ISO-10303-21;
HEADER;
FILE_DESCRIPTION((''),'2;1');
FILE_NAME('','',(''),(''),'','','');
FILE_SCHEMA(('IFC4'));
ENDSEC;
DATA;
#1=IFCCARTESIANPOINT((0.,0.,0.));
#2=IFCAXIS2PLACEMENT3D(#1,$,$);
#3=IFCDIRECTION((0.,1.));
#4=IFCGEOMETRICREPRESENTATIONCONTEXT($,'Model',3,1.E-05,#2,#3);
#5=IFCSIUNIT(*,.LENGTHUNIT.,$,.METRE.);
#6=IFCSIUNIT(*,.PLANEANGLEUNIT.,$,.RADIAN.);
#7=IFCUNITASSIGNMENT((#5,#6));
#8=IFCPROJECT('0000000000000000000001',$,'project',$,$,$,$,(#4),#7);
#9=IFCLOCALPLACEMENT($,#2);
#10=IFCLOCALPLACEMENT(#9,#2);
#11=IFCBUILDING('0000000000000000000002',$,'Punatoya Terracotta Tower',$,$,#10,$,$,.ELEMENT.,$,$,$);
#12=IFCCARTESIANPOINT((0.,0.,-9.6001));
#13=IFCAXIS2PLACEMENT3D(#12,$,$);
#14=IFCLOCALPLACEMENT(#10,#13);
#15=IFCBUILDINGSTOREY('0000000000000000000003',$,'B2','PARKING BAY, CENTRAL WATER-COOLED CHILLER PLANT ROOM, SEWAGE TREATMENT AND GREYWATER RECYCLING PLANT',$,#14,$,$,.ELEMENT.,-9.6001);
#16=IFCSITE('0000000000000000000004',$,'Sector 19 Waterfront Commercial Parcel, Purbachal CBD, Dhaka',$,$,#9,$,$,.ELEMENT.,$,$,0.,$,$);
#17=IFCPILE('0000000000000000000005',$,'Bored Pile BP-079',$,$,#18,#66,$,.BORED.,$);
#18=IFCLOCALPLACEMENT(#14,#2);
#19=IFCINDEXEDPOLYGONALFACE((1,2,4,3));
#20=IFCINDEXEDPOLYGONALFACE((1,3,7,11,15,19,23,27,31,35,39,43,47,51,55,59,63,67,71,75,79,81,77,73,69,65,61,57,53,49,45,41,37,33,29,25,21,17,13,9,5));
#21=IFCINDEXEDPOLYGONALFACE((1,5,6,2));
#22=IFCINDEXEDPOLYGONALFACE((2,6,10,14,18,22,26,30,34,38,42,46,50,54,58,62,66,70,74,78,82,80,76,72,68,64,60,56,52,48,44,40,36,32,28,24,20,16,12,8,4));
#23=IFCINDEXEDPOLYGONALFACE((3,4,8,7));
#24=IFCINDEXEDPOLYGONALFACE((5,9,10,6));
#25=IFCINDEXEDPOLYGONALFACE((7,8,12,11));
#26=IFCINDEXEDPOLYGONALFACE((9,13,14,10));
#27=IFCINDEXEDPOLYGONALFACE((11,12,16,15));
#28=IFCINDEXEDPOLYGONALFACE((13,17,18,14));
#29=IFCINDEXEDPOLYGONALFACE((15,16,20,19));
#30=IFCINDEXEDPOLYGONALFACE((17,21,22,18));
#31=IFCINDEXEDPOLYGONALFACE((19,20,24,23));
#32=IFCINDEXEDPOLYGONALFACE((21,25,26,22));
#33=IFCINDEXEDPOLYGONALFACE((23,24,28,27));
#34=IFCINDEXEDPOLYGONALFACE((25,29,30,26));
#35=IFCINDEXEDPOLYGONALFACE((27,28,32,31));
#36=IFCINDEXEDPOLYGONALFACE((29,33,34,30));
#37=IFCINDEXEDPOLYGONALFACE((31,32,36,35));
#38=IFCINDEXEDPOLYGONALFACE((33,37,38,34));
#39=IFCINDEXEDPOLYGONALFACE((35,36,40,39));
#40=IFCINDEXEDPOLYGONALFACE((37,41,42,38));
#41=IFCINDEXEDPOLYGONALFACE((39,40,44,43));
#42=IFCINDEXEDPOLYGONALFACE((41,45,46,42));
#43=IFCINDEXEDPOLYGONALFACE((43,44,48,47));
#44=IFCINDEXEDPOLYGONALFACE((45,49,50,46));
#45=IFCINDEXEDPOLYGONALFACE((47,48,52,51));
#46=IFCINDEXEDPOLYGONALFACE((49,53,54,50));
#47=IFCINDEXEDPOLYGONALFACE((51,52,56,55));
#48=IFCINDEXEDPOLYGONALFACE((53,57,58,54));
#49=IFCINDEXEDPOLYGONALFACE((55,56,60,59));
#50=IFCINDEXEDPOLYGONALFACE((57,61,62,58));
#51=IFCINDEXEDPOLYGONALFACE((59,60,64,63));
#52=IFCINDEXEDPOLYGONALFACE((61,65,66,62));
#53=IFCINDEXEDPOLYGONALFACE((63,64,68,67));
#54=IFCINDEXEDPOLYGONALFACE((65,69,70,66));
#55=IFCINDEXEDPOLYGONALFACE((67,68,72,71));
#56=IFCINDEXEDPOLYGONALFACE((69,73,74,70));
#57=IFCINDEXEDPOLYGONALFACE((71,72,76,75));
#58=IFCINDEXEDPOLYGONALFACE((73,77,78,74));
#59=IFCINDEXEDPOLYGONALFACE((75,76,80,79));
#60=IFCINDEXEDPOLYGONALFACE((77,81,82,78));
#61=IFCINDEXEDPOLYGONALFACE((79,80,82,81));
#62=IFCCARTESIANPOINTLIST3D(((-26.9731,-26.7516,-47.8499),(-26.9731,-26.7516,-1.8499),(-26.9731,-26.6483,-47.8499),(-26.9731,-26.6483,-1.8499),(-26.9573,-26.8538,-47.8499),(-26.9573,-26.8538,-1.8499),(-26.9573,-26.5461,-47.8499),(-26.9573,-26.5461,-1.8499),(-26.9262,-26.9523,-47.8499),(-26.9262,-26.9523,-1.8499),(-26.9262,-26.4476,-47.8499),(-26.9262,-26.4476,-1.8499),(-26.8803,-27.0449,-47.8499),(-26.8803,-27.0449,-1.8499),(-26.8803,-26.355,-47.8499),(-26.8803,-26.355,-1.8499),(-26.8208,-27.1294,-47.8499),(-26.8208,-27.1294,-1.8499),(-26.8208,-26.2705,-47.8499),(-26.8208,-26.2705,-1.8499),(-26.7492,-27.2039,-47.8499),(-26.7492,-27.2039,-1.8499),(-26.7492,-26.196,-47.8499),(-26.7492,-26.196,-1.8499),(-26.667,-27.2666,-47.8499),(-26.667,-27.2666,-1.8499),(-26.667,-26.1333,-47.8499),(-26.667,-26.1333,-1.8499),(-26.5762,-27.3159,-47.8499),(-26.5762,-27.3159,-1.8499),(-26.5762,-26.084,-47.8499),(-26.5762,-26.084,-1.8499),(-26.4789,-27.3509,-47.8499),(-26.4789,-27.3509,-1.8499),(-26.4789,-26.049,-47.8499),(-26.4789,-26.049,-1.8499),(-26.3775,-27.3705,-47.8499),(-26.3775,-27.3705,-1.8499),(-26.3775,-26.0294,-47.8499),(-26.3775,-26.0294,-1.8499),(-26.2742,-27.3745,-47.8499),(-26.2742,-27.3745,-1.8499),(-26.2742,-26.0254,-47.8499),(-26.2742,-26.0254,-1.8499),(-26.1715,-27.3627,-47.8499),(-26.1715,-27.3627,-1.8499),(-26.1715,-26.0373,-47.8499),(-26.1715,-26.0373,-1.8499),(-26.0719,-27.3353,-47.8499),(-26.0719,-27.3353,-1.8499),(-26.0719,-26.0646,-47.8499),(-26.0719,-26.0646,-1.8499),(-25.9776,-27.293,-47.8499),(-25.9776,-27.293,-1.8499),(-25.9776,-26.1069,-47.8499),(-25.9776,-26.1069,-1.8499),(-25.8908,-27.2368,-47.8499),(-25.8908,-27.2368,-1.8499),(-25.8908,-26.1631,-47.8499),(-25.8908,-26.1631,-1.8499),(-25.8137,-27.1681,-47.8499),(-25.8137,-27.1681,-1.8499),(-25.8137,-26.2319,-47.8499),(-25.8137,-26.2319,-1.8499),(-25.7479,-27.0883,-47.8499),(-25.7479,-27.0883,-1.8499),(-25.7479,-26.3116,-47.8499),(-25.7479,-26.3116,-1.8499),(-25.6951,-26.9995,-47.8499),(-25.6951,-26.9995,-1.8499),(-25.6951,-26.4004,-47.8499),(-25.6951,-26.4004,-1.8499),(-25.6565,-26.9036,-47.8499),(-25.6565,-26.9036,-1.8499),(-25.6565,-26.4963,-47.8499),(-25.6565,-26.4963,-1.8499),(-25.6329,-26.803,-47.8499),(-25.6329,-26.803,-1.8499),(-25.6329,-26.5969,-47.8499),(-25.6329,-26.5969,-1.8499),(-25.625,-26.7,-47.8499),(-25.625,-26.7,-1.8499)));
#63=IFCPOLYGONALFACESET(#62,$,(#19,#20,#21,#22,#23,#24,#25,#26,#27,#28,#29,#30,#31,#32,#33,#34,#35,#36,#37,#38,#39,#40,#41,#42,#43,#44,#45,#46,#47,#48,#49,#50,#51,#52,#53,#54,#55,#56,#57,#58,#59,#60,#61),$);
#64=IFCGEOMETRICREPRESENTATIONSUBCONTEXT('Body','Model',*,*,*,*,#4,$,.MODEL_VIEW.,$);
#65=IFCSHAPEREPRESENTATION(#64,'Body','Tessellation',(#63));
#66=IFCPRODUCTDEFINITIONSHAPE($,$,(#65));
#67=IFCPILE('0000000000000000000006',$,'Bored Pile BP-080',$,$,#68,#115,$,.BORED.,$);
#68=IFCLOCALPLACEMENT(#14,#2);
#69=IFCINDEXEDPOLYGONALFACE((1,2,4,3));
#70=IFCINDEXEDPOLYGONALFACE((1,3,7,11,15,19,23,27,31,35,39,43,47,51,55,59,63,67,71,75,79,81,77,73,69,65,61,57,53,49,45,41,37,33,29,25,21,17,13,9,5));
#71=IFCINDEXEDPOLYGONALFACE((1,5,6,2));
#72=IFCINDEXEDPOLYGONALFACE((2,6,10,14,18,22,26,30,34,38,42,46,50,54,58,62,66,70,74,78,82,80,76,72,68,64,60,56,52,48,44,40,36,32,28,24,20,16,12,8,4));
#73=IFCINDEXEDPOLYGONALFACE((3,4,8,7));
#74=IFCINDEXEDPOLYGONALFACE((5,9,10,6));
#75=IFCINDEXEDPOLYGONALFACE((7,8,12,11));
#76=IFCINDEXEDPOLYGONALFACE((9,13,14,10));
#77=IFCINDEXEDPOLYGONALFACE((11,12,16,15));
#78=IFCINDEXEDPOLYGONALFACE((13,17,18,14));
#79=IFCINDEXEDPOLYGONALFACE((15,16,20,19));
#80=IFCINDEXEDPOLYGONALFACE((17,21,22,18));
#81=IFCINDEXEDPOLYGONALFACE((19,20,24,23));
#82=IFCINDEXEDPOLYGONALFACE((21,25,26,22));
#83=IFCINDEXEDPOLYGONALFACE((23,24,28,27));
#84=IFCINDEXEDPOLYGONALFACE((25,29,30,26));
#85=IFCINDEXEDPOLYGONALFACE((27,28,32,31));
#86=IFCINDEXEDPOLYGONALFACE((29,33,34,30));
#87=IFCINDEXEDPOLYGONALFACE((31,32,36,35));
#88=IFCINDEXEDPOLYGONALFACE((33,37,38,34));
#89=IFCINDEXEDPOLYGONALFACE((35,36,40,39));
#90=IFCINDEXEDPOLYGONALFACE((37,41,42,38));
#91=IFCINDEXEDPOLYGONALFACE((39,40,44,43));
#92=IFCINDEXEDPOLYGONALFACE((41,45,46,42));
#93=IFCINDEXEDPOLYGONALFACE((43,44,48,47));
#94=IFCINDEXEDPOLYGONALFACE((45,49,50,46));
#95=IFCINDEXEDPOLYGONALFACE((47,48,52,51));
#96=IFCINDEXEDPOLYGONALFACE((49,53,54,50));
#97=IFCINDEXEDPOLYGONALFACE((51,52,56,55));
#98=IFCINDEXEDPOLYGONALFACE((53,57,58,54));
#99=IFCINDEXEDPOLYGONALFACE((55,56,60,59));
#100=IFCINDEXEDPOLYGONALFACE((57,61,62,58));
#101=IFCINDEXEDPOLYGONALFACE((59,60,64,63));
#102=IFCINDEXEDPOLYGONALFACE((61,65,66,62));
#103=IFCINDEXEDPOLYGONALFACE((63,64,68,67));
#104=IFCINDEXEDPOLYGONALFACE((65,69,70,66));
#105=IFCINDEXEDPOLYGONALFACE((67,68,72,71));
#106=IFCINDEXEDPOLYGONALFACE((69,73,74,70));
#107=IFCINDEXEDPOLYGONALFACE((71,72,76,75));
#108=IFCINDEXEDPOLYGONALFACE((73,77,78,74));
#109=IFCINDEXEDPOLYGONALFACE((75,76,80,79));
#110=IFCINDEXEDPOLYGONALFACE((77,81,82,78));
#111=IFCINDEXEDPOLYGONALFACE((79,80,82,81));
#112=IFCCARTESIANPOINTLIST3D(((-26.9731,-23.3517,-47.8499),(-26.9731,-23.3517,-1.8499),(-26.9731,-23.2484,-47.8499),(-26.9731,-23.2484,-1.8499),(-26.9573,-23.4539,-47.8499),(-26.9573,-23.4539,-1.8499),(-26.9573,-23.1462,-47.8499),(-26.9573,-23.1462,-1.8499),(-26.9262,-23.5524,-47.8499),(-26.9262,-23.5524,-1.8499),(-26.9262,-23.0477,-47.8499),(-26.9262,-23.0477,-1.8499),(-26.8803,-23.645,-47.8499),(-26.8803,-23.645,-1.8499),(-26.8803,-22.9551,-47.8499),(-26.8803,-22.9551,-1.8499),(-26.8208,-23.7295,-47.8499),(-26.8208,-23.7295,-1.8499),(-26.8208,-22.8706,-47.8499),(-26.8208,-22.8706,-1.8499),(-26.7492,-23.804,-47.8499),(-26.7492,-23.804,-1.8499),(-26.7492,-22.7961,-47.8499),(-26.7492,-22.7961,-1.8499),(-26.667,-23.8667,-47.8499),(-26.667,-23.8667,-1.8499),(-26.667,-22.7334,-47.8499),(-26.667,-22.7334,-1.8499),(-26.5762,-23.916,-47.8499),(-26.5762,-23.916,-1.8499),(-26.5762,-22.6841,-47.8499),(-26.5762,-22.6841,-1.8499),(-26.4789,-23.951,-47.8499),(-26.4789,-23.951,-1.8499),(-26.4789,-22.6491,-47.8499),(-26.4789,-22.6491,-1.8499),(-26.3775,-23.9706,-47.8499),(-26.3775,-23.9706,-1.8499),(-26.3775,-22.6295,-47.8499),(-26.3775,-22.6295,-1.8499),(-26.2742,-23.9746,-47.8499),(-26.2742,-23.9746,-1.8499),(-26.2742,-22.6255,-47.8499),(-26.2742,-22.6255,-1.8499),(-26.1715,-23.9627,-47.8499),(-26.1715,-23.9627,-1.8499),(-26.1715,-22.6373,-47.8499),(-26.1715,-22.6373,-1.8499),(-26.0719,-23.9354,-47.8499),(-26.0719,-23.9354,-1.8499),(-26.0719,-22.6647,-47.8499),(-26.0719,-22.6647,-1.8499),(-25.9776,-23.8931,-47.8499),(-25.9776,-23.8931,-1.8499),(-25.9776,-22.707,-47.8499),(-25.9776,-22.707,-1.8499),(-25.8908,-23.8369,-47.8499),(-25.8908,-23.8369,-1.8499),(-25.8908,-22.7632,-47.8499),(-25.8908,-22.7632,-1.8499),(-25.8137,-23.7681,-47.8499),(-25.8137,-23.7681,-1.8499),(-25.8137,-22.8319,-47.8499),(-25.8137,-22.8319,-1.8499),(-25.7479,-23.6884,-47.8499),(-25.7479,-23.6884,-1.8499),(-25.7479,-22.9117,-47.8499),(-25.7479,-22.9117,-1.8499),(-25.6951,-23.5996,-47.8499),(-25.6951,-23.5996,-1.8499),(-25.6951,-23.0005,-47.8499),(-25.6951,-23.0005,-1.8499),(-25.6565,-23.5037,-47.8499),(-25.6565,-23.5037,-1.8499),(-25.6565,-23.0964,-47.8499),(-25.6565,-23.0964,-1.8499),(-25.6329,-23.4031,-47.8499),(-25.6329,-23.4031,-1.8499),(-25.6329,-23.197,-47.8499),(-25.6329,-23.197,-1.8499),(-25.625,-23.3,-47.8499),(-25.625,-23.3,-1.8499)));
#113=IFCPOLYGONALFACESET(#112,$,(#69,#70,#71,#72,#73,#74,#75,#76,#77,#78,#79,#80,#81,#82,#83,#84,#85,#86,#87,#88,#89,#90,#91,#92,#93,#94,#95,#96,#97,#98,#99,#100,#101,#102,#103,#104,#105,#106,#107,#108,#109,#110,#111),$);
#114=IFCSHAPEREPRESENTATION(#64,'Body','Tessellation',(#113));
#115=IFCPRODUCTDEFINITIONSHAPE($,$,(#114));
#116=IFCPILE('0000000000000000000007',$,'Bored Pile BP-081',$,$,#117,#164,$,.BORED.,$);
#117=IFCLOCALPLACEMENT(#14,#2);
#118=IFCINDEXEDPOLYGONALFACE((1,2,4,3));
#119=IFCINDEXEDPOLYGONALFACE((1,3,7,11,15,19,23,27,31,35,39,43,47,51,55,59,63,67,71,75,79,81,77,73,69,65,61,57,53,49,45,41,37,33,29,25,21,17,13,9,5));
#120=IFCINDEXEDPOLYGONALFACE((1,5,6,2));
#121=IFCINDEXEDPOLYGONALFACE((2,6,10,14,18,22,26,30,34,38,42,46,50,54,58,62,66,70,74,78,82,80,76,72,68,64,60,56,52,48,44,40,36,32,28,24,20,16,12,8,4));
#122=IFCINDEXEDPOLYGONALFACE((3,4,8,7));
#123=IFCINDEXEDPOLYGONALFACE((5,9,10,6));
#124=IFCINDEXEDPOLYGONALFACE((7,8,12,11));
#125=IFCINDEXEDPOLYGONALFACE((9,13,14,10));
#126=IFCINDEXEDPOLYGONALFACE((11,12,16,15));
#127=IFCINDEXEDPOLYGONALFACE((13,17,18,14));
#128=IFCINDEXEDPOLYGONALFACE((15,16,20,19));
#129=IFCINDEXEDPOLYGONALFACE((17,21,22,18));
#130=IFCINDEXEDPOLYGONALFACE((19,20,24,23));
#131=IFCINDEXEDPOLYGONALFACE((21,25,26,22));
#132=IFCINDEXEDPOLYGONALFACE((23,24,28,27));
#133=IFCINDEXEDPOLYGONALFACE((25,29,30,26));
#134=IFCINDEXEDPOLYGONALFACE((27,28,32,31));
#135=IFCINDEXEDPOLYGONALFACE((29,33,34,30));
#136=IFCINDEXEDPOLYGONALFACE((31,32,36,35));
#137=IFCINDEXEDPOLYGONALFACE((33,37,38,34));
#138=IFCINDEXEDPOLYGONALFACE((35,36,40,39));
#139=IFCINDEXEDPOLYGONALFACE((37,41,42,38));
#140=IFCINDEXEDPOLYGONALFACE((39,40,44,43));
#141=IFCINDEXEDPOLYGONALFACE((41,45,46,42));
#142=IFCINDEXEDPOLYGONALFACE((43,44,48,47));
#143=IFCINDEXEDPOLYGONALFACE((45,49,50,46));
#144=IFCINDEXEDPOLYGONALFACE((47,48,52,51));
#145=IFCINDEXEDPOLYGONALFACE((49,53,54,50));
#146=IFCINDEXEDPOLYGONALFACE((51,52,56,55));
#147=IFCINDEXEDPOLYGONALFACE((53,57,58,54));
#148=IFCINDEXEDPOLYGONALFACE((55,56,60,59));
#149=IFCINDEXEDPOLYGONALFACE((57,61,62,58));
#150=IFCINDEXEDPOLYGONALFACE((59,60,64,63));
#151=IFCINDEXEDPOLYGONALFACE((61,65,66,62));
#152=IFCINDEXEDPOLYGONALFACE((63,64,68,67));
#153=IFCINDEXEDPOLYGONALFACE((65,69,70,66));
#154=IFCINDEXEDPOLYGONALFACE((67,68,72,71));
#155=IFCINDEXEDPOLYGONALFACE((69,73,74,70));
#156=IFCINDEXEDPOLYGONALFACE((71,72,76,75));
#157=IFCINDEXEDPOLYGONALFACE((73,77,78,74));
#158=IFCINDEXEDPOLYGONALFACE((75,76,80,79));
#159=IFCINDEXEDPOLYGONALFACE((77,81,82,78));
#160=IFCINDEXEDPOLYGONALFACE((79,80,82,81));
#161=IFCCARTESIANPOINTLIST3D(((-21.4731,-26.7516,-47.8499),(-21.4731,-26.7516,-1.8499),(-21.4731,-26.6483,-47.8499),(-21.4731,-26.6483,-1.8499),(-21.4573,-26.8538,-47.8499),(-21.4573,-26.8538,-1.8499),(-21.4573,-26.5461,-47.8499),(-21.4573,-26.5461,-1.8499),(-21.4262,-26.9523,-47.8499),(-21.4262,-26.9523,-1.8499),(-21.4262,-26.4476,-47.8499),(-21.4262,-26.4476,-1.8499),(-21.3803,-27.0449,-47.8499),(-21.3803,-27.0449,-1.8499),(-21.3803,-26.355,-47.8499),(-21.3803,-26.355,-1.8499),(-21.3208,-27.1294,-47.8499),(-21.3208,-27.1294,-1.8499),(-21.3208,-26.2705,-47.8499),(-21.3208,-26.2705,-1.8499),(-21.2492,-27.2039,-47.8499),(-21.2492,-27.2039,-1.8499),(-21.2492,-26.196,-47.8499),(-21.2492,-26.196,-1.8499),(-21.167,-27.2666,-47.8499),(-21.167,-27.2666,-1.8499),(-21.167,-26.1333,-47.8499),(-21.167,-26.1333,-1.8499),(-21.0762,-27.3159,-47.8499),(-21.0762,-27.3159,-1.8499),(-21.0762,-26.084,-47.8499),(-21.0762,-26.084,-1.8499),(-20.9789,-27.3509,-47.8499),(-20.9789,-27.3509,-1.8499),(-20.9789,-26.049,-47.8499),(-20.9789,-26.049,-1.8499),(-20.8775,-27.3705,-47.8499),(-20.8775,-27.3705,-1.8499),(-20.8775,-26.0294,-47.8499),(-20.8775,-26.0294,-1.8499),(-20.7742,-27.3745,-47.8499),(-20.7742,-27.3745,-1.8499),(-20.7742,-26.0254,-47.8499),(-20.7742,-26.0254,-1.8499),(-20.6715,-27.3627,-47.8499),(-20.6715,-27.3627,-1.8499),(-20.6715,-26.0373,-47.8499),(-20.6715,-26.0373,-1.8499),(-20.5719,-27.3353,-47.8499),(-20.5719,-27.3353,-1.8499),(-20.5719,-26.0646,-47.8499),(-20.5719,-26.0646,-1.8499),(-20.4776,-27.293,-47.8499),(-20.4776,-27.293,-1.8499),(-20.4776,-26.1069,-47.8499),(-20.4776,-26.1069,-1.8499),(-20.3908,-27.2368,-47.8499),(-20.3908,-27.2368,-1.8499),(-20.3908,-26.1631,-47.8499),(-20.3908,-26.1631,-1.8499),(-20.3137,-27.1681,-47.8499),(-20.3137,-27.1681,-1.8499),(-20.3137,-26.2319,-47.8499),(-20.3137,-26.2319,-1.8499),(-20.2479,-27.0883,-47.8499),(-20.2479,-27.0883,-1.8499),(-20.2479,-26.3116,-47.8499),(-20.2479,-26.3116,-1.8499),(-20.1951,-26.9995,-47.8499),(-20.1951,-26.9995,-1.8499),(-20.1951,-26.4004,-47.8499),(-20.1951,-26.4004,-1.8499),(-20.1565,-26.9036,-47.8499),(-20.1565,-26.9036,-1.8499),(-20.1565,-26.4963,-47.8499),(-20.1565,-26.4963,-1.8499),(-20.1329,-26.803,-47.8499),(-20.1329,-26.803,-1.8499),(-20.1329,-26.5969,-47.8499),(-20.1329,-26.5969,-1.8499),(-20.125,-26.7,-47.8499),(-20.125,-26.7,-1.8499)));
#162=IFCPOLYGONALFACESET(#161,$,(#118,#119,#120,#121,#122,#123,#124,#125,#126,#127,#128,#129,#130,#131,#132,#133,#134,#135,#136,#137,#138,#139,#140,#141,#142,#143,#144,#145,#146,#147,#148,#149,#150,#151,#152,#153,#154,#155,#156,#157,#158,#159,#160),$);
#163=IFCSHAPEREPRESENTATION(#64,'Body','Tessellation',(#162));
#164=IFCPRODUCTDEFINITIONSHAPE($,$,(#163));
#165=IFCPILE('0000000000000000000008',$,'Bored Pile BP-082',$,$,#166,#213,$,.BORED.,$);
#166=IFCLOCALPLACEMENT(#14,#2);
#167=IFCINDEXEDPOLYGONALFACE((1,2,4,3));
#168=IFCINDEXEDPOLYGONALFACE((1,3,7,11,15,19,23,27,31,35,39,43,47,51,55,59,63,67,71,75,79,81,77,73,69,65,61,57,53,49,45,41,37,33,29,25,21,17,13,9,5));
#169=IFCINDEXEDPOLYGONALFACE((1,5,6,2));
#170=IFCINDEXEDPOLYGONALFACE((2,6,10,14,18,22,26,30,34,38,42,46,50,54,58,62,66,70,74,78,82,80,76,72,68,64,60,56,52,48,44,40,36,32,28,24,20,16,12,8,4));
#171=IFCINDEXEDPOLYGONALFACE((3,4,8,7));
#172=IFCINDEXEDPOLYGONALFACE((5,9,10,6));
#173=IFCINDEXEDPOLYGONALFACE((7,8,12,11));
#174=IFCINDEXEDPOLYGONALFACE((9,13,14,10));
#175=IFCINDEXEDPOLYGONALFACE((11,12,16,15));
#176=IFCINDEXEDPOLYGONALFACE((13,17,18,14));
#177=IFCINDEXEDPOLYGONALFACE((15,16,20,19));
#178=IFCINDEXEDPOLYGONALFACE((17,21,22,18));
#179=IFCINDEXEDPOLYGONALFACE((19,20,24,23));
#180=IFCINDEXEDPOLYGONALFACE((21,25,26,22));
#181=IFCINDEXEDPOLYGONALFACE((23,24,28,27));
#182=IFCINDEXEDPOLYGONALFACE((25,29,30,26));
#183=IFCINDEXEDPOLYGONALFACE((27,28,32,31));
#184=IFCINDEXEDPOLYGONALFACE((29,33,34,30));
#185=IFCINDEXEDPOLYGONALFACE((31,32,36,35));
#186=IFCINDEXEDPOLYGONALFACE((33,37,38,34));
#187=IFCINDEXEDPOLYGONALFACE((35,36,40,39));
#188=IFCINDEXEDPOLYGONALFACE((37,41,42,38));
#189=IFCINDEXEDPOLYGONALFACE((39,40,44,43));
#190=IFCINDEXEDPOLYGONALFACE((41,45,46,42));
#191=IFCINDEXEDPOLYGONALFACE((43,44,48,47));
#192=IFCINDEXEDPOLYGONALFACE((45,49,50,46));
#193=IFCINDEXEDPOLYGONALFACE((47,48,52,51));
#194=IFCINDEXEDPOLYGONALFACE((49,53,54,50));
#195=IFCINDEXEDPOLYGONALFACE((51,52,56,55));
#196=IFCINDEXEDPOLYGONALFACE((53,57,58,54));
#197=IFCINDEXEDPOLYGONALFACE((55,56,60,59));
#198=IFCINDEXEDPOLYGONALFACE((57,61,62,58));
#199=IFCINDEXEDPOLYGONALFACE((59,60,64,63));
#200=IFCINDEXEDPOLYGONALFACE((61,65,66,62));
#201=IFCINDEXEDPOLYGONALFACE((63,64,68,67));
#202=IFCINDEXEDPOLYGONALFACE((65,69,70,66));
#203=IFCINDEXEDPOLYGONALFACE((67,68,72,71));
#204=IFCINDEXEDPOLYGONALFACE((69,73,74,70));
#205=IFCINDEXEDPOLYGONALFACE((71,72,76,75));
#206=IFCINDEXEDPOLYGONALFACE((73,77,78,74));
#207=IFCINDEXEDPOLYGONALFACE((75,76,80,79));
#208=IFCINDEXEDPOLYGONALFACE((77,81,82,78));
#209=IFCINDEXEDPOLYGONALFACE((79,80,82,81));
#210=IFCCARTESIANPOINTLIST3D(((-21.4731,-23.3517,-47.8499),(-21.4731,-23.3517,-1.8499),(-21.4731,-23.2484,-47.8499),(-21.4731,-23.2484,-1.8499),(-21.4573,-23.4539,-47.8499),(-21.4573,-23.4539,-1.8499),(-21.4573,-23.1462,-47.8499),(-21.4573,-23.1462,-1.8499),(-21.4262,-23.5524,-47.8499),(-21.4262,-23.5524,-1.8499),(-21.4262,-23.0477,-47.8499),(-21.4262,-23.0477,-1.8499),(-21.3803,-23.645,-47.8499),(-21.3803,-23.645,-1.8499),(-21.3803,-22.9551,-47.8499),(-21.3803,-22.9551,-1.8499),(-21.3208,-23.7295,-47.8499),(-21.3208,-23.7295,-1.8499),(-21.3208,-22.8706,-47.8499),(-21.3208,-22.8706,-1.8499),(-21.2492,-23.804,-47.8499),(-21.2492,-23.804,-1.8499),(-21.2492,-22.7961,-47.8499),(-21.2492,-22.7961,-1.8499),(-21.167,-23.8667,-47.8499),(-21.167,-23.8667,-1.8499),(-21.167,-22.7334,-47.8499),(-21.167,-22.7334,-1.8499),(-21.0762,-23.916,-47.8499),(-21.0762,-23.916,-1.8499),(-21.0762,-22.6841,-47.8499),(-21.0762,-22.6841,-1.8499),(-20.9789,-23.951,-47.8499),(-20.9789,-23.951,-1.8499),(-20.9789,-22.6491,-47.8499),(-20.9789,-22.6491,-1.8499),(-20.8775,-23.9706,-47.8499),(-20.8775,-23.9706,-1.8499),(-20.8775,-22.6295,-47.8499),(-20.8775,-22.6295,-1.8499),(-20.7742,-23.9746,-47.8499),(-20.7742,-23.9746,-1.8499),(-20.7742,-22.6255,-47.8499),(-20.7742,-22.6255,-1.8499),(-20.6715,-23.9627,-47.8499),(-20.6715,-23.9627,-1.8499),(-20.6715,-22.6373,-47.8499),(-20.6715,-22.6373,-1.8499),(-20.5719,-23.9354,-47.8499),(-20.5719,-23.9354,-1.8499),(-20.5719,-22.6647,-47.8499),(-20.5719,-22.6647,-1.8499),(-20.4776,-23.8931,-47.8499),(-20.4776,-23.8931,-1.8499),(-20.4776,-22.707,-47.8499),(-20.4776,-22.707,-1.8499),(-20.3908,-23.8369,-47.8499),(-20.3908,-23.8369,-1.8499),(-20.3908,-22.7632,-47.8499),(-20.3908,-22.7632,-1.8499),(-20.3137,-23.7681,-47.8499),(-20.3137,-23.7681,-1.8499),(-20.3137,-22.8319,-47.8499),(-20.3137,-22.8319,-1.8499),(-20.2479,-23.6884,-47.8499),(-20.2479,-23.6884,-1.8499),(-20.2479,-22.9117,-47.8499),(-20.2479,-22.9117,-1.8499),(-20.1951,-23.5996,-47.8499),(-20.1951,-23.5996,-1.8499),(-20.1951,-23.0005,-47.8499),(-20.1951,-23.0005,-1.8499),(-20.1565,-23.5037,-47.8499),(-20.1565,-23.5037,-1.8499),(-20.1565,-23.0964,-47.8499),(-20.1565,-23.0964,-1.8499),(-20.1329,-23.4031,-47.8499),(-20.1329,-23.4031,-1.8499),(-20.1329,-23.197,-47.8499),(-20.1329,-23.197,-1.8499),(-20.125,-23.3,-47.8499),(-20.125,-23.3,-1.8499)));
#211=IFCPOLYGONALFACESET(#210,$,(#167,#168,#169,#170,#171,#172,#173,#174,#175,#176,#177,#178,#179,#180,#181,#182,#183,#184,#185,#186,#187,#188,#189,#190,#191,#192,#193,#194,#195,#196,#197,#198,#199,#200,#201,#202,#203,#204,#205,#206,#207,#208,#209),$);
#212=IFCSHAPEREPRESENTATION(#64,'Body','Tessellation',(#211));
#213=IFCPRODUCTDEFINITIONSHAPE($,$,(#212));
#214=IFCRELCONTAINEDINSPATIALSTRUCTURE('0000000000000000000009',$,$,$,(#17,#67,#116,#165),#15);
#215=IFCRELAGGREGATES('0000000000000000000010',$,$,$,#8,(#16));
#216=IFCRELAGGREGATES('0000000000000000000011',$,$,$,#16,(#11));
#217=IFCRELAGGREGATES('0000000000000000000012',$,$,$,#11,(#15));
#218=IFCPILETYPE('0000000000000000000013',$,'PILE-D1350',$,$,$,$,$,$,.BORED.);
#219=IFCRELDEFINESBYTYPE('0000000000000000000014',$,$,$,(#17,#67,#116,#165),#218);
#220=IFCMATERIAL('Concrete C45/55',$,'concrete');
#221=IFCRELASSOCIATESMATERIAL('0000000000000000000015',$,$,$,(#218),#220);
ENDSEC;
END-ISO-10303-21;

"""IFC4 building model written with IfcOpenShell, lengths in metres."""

from ifc_helpers import new_model, si_unit, direction, frame, origin, origin_2d, place, context, subcontext, project, spatial, circle, extrude, material, material_profile, profile_set, type_object, element, save


model = new_model("IFC4")

# Units and contexts
model_context = context("Model", 3, precision=1e-05, world=origin(), true_north=direction((0.0, 1.0)))
body_context = subcontext(model_context, "Body", "Model", "MODEL_VIEW")
ifc_project = project(units=[si_unit("LENGTHUNIT", "METRE"), si_unit("PLANEANGLEUNIT", "RADIAN")], contexts=[model_context])

# Site, building, storey
site_placement = place(None, origin())
site = spatial("IfcSite", under=ifc_project, at=site_placement, Name="Sector 19 Waterfront Commercial Parcel, Purbachal CBD, Dhaka", CompositionType="ELEMENT", RefElevation=0.0)
building_placement = place(site_placement, origin())
building = spatial("IfcBuilding", under=site, at=building_placement, Name="Punatoya Terracotta Tower", CompositionType="ELEMENT")
storey_placement = place(building_placement, frame((0.0, 0.0, -9.6001)))
storey = spatial("IfcBuildingStorey", under=building, at=storey_placement, Name="B2", Description="PARKING BAY, CENTRAL WATER-COOLED CHILLER PLANT ROOM, SEWAGE TREATMENT AND GREYWATER RECYCLING PLANT", CompositionType="ELEMENT", Elevation=-9.6001)

# Shared definitions
ifc_material_1 = material(Name="Concrete C45/55", Category="concrete")

# Piles
ifc_material_profile_1 = material_profile(ifc_material_1, circle(Radius=0.675, at=origin_2d()))
ifc_profile_set_1 = profile_set([ifc_material_profile_1], Name="Concrete C45/55")
pile_type_1 = type_object("IfcPileType", Name="PILE-D1350", PredefinedType="BORED", material=ifc_profile_set_1)
for number, where, z_axis, x_axis, name in (
    (1, (-26.3, -26.7, -1.8499), (0.0, 0.0, -1.0), (1.0, 0.0, 0.0), "Bored Pile BP-079"),
    (2, (-26.3, -23.3, -1.8499), (0.0, 0.0, -1.0), (1.0, 0.0, 0.0), "Bored Pile BP-080"),
    (3, (-20.8, -26.7, -1.8499), (0.0, 0.0, -1.0), (1.0, 0.0, 0.0), "Bored Pile BP-081"),
    (4, (-20.8, -23.3, -1.8499), (0.0, 0.0, -1.0), (1.0, 0.0, 0.0), "Bored Pile BP-082"),
):
    element("IfcPile", number, at=place(storey_placement, frame(where, z_axis=z_axis, x_axis=x_axis)), inside=storey, type_object=pile_type_1, Name=name, PredefinedType="BORED", context=body_context, shape_type="SweptSolid", body=[
        extrude(circle(Radius=0.675, at=origin_2d()), origin(), (0.0, 0.0, 1.0), 46.0),
    ])

save(model, "model.ifc")
